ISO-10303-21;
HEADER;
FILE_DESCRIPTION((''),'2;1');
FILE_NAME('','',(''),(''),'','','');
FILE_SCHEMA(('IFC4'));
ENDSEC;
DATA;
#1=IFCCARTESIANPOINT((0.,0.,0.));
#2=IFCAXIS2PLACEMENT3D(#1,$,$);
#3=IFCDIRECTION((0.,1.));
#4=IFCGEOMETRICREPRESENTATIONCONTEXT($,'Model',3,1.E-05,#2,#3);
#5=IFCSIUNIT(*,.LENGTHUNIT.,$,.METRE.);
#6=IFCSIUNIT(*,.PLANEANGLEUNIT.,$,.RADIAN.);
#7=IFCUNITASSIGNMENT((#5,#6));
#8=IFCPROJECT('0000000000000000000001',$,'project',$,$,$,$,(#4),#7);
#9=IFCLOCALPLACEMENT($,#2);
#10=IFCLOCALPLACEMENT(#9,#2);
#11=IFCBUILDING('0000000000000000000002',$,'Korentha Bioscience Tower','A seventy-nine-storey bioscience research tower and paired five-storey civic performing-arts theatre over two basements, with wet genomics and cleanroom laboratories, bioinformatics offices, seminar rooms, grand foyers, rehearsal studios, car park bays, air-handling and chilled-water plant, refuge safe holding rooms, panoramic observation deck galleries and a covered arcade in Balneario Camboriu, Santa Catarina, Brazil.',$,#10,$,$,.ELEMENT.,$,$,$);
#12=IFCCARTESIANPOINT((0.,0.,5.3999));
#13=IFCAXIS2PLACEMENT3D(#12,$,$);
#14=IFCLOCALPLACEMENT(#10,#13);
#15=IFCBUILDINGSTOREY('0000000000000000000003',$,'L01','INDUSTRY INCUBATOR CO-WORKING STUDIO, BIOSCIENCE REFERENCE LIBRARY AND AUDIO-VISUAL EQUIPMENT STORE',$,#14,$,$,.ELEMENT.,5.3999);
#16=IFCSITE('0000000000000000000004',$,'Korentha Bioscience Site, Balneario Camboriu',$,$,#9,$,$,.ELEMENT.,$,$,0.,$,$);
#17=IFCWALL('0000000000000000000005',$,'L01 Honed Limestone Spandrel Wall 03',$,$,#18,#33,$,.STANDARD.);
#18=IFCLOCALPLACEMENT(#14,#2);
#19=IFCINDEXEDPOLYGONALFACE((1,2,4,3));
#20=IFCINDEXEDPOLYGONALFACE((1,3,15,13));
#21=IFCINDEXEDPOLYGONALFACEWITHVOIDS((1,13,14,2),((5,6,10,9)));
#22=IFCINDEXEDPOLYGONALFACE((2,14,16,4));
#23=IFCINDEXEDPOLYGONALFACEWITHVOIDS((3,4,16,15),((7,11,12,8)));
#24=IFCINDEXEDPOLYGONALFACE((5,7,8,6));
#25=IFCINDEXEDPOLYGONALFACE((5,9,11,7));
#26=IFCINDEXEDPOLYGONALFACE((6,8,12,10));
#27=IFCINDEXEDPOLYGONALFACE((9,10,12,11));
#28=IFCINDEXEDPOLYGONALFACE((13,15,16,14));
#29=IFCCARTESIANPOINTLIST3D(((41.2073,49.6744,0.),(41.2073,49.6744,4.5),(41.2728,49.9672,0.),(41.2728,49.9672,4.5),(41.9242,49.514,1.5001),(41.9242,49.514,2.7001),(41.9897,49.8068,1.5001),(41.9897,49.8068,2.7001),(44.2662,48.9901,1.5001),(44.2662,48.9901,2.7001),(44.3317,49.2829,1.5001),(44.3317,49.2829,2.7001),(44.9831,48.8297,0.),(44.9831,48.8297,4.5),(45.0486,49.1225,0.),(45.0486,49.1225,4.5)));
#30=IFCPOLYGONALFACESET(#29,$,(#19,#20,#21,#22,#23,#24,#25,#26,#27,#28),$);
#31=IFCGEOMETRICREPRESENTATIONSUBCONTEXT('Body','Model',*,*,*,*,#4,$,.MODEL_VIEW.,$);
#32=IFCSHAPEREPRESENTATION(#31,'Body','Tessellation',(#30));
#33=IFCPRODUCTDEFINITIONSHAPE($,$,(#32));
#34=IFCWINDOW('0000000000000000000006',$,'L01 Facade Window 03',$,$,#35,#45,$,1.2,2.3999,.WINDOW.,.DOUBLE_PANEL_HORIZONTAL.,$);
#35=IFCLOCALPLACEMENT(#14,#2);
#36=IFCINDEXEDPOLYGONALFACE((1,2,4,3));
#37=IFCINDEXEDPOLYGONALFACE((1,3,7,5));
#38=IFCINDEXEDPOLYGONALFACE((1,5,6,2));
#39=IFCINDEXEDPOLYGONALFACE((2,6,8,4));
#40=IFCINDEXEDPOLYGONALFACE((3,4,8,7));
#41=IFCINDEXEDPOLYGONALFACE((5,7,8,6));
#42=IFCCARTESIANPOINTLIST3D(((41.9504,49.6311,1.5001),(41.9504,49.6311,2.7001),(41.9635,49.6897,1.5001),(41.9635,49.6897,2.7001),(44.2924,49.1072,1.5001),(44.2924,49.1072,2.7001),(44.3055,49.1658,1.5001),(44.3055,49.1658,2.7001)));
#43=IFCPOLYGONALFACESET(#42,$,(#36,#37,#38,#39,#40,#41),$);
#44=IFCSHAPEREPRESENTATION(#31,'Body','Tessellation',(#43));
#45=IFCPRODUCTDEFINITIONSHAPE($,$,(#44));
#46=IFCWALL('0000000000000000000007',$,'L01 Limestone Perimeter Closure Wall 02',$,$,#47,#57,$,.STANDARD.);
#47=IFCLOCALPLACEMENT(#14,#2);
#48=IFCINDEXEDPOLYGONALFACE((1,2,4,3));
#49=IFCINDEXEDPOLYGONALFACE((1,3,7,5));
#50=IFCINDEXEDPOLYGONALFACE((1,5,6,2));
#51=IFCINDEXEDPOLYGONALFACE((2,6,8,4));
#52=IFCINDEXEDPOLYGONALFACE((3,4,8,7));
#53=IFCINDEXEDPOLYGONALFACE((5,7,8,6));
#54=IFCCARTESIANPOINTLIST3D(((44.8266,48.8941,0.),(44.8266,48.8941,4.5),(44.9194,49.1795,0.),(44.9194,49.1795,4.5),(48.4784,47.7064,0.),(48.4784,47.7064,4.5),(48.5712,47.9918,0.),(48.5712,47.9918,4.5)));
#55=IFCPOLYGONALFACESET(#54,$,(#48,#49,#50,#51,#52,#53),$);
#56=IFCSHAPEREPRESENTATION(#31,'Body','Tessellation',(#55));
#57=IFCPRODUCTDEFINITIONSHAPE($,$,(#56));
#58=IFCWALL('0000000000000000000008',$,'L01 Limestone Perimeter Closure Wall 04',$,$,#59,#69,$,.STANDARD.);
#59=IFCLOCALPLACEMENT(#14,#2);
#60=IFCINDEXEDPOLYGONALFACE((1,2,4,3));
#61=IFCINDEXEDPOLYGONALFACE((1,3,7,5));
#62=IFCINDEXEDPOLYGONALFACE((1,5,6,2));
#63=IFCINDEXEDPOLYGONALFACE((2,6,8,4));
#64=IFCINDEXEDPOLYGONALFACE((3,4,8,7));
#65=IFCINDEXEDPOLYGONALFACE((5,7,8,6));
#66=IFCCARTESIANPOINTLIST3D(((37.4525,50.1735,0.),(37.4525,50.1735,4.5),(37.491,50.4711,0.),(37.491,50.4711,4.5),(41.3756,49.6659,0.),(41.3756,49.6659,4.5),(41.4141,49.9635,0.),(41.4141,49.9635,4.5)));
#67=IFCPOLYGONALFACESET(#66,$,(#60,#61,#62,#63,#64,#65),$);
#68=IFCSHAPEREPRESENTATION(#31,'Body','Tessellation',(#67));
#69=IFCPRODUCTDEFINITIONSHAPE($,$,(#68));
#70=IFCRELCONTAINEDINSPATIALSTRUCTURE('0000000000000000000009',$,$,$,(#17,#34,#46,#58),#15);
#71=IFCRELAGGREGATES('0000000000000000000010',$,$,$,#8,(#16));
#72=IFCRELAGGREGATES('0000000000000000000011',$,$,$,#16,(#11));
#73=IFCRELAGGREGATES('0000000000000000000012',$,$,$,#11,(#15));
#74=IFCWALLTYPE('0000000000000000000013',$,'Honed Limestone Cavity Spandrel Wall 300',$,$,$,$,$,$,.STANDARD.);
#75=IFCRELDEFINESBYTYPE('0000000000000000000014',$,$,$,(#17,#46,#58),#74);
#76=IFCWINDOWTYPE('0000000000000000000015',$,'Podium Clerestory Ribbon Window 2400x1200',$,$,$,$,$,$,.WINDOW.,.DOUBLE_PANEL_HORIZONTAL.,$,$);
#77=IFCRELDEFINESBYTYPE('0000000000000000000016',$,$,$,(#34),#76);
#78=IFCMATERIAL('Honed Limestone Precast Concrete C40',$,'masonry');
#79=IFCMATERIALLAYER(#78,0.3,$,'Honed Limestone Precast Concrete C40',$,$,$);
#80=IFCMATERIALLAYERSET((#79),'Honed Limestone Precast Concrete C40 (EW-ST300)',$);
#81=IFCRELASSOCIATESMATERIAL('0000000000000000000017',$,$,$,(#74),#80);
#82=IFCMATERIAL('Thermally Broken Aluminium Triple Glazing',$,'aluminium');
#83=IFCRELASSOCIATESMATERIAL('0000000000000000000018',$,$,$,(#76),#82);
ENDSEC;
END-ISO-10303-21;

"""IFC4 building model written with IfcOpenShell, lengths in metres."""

from ifc_helpers import new_model, si_unit, direction, frame, frame_2d, origin, place, context, subcontext, project, spatial, rectangle, extrude, material, layer, layer_set, type_object, element, fill, save


model = new_model("IFC4")

# Units and contexts
model_context = context("Model", 3, precision=1e-05, world=origin(), true_north=direction((0.0, 1.0)))
body_context = subcontext(model_context, "Body", "Model", "MODEL_VIEW")
ifc_project = project(units=[si_unit("LENGTHUNIT", "METRE"), si_unit("PLANEANGLEUNIT", "RADIAN")], contexts=[model_context])

# Site, building, storey
site_placement = place(None, origin())
site = spatial("IfcSite", under=ifc_project, at=site_placement, Name="Korentha Bioscience Site, Balneario Camboriu", CompositionType="ELEMENT", RefElevation=0.0)
building_placement = place(site_placement, origin())
building = spatial("IfcBuilding", under=site, at=building_placement, Name="Korentha Bioscience Tower", Description="A seventy-nine-storey bioscience research tower and paired five-storey civic performing-arts theatre over two basements, with wet genomics and cleanroom laboratories, bioinformatics offices, seminar rooms, grand foyers, rehearsal studios, car park bays, air-handling and chilled-water plant, refuge safe holding rooms, panoramic observation deck galleries and a covered arcade in Balneario Camboriu, Santa Catarina, Brazil.", CompositionType="ELEMENT")
storey_placement = place(building_placement, frame((0.0, 0.0, 5.3999)))
storey = spatial("IfcBuildingStorey", under=building, at=storey_placement, Name="L01", Description="INDUSTRY INCUBATOR CO-WORKING STUDIO, BIOSCIENCE REFERENCE LIBRARY AND AUDIO-VISUAL EQUIPMENT STORE", CompositionType="ELEMENT", Elevation=5.3999)

# Wall, opening, window
ifc_material_1 = material(Name="Honed Limestone Precast Concrete C40", Category="masonry")
ifc_layer_1 = layer(ifc_material_1, 0.3, Name="Honed Limestone Precast Concrete C40")
ifc_layer_set_1 = layer_set([ifc_layer_1], Name="Honed Limestone Precast Concrete C40 (EW-ST300)")
wall_type_1 = type_object("IfcWallType", Name="Honed Limestone Cavity Spandrel Wall 300", PredefinedType="STANDARD", material=ifc_layer_set_1)
wall_1_placement = place(storey_placement, frame((45.0159, 48.9761, 0.0), z_axis=(0.0, 0.0, 1.0), x_axis=(-0.975877, 0.21832, 0.0)))
wall_1 = element("IfcWall", 1, at=wall_1_placement, inside=storey, type_object=wall_type_1, Name="L01 Honed Limestone Spandrel Wall 03", PredefinedType="STANDARD", context=body_context, shape_type="SweptSolid", body=[
    extrude(rectangle(XDim=3.8691, YDim=0.3, at=frame_2d((1.9346, 0.0))), origin(), (0.0, 0.0, 1.0), 4.5),
])
opening_1_placement = place(wall_1_placement, frame((0.7346, 0.0, 1.5)))
opening_1 = element("IfcOpeningElement", 2, at=opening_1_placement, cuts=wall_1, PredefinedType="OPENING", context=body_context, shape_type="SweptSolid", body=[
    extrude(rectangle(XDim=2.3999, YDim=1.2, at=frame_2d((1.2, 0.6001))), frame((0.0, 0.165, 0.0), z_axis=(0.0, -1.0, 0.0), x_axis=(1.0, 0.0, 0.0)), (0.0, 0.0, 1.0), 0.3298),
])
ifc_material_2 = material(Name="Thermally Broken Aluminium Triple Glazing", Category="aluminium")
window_type = type_object("IfcWindowType", Name="Podium Clerestory Ribbon Window 2400x1200", PartitioningType="DOUBLE_PANEL_HORIZONTAL", PredefinedType="WINDOW", material=ifc_material_2)
window_placement = place(opening_1_placement, origin())
window = element("IfcWindow", 3, at=window_placement, inside=storey, type_object=window_type, Name="L01 Facade Window 03", OverallHeight=1.2, OverallWidth=2.3999, PartitioningType="DOUBLE_PANEL_HORIZONTAL", PredefinedType="WINDOW", context=body_context, shape_type="SweptSolid", body=[
    extrude(rectangle(XDim=2.3999, YDim=1.2, at=frame_2d((1.2, 0.6001))), frame((0.0, 0.03, 0.0), z_axis=(0.0, -1.0, 0.0), x_axis=(1.0, 0.0, 0.0)), (0.0, 0.0, 1.0), 0.0601),
])
fill(opening_1, window)

# Walls
wall_2_placement = place(storey_placement, frame((48.5247, 47.8491, 0.0), z_axis=(0.0, 0.0, 1.0), x_axis=(-0.950966, 0.309296, 0.0)))
element("IfcWall", 4, at=wall_2_placement, inside=storey, type_object=wall_type_1, Name="L01 Limestone Perimeter Closure Wall 02", PredefinedType="STANDARD", context=body_context, shape_type="SweptSolid", body=[
    extrude(rectangle(XDim=3.8401, YDim=0.3, at=frame_2d((1.9199, 0.0))), origin(), (0.0, 0.0, 1.0), 4.5),
])
wall_3_placement = place(storey_placement, frame((41.395, 49.8147, 0.0), z_axis=(0.0, 0.0, 1.0), x_axis=(-0.991734, 0.12831, 0.0)))
element("IfcWall", 5, at=wall_3_placement, inside=storey, type_object=wall_type_1, Name="L01 Limestone Perimeter Closure Wall 04", PredefinedType="STANDARD", context=body_context, shape_type="SweptSolid", body=[
    extrude(rectangle(XDim=3.9558, YDim=0.3, at=frame_2d((1.978, 0.0))), origin(), (0.0, 0.0, 1.0), 4.5),
])

save(model, "model.ifc")
